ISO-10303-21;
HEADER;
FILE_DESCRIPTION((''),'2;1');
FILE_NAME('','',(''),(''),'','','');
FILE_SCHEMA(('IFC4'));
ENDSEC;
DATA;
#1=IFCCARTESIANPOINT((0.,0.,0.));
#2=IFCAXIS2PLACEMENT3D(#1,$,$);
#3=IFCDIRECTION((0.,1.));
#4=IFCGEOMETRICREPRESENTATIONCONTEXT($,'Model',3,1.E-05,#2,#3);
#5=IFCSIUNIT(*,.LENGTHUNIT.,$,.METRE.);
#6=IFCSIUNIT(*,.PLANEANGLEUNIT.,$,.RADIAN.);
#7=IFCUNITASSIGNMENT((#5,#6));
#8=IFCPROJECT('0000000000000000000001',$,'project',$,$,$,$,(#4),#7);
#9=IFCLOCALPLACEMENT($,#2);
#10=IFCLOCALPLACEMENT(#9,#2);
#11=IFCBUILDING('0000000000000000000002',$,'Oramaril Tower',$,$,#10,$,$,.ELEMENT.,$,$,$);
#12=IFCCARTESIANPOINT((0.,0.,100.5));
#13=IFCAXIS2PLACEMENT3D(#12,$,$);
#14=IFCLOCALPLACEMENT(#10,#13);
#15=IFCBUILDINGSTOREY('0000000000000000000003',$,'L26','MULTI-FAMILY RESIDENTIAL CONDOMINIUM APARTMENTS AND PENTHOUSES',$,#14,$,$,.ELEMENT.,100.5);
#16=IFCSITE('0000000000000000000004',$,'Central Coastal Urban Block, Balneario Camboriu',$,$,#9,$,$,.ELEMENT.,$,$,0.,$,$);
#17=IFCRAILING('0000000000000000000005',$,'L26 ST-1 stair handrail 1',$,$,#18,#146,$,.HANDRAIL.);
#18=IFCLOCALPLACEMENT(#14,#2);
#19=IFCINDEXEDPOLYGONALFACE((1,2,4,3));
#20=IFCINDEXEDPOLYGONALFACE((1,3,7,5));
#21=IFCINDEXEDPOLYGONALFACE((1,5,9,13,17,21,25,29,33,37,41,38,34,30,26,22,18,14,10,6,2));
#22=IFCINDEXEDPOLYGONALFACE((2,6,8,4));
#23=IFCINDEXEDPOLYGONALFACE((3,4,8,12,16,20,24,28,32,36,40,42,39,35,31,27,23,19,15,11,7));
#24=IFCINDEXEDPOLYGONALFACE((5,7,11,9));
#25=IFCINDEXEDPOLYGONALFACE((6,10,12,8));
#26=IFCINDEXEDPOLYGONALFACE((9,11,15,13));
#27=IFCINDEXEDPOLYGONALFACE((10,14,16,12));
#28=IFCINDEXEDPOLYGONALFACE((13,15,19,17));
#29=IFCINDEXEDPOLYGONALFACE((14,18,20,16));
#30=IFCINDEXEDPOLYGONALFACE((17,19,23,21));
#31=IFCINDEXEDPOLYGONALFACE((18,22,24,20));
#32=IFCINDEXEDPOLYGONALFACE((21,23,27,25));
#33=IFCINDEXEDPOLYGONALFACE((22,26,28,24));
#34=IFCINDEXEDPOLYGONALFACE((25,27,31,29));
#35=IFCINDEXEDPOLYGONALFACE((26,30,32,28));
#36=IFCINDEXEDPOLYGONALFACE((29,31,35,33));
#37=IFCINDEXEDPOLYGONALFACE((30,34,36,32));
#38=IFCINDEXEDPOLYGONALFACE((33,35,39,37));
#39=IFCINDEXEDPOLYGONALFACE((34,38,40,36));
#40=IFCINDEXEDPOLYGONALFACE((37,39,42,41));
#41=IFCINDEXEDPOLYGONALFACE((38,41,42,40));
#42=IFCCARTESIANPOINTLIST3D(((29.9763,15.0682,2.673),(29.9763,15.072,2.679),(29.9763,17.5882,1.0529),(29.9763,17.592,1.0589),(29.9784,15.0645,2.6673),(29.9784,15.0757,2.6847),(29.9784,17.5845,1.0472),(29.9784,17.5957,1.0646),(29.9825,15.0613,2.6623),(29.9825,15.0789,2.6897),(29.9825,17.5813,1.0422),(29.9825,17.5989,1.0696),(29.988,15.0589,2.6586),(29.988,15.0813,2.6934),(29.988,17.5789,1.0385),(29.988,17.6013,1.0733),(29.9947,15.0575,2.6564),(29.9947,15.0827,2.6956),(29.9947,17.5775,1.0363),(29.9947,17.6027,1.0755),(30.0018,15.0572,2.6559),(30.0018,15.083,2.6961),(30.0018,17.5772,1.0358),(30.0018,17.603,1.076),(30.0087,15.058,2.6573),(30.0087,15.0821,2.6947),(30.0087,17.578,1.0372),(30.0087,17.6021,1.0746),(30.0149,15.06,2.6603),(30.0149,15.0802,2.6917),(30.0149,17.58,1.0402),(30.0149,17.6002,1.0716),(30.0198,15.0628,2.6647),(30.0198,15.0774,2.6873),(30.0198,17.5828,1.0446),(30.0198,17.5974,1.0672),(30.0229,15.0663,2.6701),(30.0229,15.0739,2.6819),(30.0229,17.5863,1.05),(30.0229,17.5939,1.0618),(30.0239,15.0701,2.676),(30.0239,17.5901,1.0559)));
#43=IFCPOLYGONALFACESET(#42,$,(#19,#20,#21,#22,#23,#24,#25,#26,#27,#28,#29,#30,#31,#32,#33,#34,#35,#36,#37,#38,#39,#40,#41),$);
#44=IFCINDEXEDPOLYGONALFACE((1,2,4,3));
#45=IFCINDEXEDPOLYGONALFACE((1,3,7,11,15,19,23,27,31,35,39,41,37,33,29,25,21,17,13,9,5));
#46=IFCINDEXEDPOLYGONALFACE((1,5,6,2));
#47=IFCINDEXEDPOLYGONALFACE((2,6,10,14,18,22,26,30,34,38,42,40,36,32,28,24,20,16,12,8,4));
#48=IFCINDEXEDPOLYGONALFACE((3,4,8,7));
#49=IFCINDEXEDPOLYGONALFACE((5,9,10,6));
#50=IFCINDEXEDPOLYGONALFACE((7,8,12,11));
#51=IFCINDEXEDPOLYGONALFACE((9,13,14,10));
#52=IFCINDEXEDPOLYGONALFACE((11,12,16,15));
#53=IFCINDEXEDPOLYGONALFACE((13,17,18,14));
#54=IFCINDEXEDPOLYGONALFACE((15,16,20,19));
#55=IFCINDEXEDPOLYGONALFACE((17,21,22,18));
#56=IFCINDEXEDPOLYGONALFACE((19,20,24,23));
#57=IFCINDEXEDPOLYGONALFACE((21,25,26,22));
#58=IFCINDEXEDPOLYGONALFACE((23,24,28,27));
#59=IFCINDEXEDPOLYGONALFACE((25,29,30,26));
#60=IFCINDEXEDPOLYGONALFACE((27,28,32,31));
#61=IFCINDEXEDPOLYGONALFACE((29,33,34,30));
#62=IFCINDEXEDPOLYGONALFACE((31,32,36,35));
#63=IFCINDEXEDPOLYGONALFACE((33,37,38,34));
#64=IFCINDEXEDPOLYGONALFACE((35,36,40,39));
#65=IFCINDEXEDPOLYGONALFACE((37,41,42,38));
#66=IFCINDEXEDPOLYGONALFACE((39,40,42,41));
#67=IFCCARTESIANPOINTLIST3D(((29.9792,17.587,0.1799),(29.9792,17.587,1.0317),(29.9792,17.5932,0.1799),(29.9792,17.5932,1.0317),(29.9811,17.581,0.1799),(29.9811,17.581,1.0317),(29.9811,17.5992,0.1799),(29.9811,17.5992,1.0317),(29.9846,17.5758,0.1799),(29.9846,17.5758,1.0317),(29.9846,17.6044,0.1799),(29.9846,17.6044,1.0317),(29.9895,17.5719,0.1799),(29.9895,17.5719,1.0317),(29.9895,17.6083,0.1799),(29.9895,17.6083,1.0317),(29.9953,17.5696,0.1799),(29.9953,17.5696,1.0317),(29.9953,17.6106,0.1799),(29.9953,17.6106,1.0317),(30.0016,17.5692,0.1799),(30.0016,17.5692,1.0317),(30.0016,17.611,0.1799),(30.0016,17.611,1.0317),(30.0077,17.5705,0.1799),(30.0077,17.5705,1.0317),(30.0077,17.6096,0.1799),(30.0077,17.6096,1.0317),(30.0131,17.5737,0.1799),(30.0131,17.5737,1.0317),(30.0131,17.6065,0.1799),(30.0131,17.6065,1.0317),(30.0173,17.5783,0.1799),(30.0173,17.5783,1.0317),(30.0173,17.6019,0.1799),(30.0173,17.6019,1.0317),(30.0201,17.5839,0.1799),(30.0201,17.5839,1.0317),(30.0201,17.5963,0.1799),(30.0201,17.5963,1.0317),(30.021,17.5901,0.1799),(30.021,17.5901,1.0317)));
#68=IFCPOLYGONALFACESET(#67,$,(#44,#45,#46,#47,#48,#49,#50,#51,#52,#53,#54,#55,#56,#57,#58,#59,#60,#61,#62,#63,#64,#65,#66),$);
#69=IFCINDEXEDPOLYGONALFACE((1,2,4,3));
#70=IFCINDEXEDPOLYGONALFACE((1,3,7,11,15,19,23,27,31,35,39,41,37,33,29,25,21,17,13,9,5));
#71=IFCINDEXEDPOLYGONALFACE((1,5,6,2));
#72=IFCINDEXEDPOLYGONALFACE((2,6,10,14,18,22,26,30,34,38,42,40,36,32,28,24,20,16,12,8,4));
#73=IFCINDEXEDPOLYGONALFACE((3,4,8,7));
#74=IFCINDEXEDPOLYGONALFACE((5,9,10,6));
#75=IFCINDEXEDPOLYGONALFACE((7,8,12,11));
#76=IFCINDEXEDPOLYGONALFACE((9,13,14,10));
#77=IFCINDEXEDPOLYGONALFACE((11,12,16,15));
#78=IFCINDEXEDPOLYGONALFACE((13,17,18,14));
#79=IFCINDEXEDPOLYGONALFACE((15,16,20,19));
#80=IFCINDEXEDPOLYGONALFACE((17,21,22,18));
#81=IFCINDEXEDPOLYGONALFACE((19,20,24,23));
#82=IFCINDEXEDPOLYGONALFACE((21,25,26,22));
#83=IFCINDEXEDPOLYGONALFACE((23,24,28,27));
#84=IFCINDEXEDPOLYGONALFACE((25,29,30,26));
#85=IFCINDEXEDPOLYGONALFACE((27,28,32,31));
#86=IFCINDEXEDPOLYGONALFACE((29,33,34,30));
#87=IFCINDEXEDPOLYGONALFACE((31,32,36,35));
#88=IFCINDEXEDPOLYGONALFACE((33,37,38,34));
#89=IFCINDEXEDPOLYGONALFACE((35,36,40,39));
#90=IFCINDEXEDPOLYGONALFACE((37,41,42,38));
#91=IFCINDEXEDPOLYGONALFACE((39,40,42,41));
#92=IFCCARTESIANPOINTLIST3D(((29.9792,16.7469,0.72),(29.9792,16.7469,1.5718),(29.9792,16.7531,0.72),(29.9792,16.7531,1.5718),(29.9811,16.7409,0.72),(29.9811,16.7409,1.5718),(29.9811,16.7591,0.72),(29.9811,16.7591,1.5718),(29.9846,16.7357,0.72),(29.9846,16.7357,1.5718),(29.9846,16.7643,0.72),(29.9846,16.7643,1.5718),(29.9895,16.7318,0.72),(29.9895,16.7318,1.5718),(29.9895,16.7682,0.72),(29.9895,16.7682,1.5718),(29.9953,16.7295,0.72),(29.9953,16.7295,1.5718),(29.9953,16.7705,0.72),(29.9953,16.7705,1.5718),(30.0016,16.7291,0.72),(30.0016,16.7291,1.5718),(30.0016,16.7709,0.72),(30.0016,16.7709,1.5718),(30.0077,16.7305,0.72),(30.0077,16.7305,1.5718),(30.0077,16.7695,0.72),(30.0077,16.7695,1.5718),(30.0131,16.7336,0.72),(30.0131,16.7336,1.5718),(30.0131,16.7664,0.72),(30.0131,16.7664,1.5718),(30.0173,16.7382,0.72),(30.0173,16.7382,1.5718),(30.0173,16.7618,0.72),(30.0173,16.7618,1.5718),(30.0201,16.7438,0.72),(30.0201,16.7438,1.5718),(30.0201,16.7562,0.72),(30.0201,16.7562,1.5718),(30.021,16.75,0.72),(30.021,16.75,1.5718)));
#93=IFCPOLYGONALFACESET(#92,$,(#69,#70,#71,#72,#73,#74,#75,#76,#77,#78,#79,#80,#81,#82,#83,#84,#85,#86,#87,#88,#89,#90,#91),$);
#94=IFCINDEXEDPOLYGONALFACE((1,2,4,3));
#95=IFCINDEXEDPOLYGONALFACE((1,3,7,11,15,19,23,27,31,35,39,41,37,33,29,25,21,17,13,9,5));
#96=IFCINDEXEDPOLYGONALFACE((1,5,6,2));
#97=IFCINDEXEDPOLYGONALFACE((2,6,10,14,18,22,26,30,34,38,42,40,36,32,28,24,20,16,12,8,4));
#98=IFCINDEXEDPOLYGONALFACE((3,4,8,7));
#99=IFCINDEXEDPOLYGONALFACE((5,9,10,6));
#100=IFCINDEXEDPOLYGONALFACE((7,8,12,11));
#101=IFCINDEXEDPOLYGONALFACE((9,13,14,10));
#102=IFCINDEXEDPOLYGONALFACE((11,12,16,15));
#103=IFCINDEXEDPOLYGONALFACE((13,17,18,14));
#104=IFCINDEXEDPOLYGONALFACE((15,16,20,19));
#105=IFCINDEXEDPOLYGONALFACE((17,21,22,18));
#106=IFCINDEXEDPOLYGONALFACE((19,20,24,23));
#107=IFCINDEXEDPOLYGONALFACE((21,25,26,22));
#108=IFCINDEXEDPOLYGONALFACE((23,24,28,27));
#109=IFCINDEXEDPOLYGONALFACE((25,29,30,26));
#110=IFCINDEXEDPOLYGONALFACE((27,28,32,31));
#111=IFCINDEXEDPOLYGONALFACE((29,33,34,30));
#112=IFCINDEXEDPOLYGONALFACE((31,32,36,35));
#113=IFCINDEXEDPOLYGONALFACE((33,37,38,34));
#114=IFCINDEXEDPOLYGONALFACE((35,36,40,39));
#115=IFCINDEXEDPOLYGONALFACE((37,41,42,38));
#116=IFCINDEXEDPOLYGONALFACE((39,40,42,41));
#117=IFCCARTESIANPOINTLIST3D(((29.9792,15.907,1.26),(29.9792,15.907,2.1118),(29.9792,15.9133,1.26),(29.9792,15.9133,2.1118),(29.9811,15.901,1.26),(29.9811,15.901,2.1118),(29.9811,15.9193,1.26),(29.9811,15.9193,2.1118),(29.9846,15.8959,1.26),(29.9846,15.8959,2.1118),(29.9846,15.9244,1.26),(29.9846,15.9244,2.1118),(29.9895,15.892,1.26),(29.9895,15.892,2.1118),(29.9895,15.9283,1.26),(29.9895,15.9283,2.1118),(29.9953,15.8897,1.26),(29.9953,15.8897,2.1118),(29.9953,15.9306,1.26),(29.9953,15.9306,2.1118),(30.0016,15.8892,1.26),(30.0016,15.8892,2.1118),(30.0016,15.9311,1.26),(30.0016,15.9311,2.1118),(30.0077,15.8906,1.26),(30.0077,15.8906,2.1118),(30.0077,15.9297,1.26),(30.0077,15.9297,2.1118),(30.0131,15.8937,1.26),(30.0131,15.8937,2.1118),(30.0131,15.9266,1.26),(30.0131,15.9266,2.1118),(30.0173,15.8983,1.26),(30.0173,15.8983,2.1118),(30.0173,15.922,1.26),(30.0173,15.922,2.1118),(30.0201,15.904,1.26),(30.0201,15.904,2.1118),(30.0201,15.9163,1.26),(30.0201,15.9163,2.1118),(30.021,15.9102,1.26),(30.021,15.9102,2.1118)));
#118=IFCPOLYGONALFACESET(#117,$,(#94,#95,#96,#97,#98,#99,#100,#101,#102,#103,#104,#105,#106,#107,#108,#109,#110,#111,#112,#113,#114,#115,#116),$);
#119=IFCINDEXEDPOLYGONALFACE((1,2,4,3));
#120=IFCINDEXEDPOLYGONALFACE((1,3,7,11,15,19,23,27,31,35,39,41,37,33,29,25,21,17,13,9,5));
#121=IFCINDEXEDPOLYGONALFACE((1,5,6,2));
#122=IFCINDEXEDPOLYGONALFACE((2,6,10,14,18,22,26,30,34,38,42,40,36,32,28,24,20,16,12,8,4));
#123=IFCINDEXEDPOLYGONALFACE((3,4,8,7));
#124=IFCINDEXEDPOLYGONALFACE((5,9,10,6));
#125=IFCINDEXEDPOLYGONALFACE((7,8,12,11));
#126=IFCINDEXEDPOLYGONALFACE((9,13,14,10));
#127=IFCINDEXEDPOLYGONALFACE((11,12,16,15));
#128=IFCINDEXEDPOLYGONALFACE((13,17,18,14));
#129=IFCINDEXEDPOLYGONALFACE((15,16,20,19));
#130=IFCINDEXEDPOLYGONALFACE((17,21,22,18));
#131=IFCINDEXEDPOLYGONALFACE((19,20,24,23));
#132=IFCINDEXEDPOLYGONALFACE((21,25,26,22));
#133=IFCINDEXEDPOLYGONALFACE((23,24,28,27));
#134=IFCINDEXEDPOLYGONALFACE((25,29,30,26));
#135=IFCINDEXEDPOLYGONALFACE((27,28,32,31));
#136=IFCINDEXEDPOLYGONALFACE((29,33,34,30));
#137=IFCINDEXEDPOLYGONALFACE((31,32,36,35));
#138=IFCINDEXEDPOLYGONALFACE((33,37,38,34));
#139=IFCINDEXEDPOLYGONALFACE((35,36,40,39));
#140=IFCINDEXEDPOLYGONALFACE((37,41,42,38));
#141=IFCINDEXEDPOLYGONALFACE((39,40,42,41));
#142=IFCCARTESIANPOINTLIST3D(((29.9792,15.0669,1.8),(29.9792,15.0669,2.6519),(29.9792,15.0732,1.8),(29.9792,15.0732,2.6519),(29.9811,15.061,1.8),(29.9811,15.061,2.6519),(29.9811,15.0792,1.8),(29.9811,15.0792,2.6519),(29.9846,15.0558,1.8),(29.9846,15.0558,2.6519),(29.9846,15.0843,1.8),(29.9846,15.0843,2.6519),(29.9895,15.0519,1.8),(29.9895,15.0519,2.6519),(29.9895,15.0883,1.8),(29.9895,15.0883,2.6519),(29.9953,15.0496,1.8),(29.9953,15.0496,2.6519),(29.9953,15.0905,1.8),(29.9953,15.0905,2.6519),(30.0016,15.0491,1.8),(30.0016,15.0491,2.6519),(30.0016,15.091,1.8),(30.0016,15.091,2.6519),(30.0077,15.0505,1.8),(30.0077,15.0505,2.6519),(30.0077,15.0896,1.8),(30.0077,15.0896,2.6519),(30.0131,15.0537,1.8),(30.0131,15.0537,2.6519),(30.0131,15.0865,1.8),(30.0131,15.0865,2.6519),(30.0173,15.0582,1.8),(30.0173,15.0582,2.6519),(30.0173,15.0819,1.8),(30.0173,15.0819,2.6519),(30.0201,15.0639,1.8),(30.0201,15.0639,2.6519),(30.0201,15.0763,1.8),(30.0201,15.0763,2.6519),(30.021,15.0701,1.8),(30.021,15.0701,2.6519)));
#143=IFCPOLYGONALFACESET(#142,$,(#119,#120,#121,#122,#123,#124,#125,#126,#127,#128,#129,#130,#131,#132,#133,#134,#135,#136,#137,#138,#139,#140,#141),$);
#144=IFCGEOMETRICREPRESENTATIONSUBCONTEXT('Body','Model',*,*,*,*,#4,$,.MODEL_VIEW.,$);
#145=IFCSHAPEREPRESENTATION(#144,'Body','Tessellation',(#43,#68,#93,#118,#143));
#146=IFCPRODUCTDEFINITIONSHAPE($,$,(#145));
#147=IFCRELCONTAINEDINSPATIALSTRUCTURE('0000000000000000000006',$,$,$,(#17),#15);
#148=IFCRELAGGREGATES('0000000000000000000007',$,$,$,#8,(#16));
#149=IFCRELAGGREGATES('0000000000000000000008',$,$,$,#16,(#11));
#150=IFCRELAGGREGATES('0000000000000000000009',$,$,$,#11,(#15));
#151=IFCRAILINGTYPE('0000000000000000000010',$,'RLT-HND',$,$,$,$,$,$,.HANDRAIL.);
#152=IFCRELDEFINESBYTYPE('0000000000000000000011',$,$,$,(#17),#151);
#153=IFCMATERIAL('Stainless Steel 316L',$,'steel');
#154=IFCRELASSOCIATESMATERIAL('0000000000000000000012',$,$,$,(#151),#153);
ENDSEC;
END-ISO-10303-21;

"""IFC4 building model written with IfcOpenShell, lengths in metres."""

from ifc_helpers import new_model, si_unit, direction, frame, origin, origin_2d, place, context, subcontext, project, spatial, circle, extrude, material, type_object, element, save


model = new_model("IFC4")

# Units and contexts
model_context = context("Model", 3, precision=1e-05, world=origin(), true_north=direction((0.0, 1.0)))
body_context = subcontext(model_context, "Body", "Model", "MODEL_VIEW")
ifc_project = project(units=[si_unit("LENGTHUNIT", "METRE"), si_unit("PLANEANGLEUNIT", "RADIAN")], contexts=[model_context])

# Site, building, storey
site_placement = place(None, origin())
site = spatial("IfcSite", under=ifc_project, at=site_placement, Name="Central Coastal Urban Block, Balneario Camboriu", CompositionType="ELEMENT", RefElevation=0.0)
building_placement = place(site_placement, origin())
building = spatial("IfcBuilding", under=site, at=building_placement, Name="Oramaril Tower", CompositionType="ELEMENT")
storey_placement = place(building_placement, frame((0.0, 0.0, 100.5)))
storey = spatial("IfcBuildingStorey", under=building, at=storey_placement, Name="L26", Description="MULTI-FAMILY RESIDENTIAL CONDOMINIUM APARTMENTS AND PENTHOUSES", CompositionType="ELEMENT", Elevation=100.5)

# Railing
ifc_material_1 = material(Name="Stainless Steel 316L", Category="steel")
railing_type_1 = type_object("IfcRailingType", Name="RLT-HND", PredefinedType="HANDRAIL", material=ifc_material_1)
railing_1_placement = place(storey_placement, frame((30.0, 17.5901, 0.1799)))
element("IfcRailing", 1, at=railing_1_placement, inside=storey, type_object=railing_type_1, Name="L26 ST-1 stair handrail 1", PredefinedType="HANDRAIL", context=body_context, shape_type="SweptSolid", body=[
    extrude(circle(Radius=0.0239, at=origin_2d()), frame((0.0, 0.0, 0.876), z_axis=(0.0, -0.841163, 0.540782), x_axis=(1.0, 0.0, 0.0)), (0.0, 0.0, 1.0), 2.9958),
    extrude(circle(Radius=0.021, at=origin_2d()), origin(), (0.0, 0.0, 1.0), 0.8518),
    extrude(circle(Radius=0.021, at=origin_2d()), frame((0.0, -0.8401, 0.54)), (0.0, 0.0, 1.0), 0.8518),
    extrude(circle(Radius=0.021, at=origin_2d()), frame((0.0, -1.6799, 1.0801)), (0.0, 0.0, 1.0), 0.8518),
    extrude(circle(Radius=0.021, at=origin_2d()), frame((0.0, -2.52, 1.6201)), (0.0, 0.0, 1.0), 0.8518),
])

save(model, "model.ifc")
